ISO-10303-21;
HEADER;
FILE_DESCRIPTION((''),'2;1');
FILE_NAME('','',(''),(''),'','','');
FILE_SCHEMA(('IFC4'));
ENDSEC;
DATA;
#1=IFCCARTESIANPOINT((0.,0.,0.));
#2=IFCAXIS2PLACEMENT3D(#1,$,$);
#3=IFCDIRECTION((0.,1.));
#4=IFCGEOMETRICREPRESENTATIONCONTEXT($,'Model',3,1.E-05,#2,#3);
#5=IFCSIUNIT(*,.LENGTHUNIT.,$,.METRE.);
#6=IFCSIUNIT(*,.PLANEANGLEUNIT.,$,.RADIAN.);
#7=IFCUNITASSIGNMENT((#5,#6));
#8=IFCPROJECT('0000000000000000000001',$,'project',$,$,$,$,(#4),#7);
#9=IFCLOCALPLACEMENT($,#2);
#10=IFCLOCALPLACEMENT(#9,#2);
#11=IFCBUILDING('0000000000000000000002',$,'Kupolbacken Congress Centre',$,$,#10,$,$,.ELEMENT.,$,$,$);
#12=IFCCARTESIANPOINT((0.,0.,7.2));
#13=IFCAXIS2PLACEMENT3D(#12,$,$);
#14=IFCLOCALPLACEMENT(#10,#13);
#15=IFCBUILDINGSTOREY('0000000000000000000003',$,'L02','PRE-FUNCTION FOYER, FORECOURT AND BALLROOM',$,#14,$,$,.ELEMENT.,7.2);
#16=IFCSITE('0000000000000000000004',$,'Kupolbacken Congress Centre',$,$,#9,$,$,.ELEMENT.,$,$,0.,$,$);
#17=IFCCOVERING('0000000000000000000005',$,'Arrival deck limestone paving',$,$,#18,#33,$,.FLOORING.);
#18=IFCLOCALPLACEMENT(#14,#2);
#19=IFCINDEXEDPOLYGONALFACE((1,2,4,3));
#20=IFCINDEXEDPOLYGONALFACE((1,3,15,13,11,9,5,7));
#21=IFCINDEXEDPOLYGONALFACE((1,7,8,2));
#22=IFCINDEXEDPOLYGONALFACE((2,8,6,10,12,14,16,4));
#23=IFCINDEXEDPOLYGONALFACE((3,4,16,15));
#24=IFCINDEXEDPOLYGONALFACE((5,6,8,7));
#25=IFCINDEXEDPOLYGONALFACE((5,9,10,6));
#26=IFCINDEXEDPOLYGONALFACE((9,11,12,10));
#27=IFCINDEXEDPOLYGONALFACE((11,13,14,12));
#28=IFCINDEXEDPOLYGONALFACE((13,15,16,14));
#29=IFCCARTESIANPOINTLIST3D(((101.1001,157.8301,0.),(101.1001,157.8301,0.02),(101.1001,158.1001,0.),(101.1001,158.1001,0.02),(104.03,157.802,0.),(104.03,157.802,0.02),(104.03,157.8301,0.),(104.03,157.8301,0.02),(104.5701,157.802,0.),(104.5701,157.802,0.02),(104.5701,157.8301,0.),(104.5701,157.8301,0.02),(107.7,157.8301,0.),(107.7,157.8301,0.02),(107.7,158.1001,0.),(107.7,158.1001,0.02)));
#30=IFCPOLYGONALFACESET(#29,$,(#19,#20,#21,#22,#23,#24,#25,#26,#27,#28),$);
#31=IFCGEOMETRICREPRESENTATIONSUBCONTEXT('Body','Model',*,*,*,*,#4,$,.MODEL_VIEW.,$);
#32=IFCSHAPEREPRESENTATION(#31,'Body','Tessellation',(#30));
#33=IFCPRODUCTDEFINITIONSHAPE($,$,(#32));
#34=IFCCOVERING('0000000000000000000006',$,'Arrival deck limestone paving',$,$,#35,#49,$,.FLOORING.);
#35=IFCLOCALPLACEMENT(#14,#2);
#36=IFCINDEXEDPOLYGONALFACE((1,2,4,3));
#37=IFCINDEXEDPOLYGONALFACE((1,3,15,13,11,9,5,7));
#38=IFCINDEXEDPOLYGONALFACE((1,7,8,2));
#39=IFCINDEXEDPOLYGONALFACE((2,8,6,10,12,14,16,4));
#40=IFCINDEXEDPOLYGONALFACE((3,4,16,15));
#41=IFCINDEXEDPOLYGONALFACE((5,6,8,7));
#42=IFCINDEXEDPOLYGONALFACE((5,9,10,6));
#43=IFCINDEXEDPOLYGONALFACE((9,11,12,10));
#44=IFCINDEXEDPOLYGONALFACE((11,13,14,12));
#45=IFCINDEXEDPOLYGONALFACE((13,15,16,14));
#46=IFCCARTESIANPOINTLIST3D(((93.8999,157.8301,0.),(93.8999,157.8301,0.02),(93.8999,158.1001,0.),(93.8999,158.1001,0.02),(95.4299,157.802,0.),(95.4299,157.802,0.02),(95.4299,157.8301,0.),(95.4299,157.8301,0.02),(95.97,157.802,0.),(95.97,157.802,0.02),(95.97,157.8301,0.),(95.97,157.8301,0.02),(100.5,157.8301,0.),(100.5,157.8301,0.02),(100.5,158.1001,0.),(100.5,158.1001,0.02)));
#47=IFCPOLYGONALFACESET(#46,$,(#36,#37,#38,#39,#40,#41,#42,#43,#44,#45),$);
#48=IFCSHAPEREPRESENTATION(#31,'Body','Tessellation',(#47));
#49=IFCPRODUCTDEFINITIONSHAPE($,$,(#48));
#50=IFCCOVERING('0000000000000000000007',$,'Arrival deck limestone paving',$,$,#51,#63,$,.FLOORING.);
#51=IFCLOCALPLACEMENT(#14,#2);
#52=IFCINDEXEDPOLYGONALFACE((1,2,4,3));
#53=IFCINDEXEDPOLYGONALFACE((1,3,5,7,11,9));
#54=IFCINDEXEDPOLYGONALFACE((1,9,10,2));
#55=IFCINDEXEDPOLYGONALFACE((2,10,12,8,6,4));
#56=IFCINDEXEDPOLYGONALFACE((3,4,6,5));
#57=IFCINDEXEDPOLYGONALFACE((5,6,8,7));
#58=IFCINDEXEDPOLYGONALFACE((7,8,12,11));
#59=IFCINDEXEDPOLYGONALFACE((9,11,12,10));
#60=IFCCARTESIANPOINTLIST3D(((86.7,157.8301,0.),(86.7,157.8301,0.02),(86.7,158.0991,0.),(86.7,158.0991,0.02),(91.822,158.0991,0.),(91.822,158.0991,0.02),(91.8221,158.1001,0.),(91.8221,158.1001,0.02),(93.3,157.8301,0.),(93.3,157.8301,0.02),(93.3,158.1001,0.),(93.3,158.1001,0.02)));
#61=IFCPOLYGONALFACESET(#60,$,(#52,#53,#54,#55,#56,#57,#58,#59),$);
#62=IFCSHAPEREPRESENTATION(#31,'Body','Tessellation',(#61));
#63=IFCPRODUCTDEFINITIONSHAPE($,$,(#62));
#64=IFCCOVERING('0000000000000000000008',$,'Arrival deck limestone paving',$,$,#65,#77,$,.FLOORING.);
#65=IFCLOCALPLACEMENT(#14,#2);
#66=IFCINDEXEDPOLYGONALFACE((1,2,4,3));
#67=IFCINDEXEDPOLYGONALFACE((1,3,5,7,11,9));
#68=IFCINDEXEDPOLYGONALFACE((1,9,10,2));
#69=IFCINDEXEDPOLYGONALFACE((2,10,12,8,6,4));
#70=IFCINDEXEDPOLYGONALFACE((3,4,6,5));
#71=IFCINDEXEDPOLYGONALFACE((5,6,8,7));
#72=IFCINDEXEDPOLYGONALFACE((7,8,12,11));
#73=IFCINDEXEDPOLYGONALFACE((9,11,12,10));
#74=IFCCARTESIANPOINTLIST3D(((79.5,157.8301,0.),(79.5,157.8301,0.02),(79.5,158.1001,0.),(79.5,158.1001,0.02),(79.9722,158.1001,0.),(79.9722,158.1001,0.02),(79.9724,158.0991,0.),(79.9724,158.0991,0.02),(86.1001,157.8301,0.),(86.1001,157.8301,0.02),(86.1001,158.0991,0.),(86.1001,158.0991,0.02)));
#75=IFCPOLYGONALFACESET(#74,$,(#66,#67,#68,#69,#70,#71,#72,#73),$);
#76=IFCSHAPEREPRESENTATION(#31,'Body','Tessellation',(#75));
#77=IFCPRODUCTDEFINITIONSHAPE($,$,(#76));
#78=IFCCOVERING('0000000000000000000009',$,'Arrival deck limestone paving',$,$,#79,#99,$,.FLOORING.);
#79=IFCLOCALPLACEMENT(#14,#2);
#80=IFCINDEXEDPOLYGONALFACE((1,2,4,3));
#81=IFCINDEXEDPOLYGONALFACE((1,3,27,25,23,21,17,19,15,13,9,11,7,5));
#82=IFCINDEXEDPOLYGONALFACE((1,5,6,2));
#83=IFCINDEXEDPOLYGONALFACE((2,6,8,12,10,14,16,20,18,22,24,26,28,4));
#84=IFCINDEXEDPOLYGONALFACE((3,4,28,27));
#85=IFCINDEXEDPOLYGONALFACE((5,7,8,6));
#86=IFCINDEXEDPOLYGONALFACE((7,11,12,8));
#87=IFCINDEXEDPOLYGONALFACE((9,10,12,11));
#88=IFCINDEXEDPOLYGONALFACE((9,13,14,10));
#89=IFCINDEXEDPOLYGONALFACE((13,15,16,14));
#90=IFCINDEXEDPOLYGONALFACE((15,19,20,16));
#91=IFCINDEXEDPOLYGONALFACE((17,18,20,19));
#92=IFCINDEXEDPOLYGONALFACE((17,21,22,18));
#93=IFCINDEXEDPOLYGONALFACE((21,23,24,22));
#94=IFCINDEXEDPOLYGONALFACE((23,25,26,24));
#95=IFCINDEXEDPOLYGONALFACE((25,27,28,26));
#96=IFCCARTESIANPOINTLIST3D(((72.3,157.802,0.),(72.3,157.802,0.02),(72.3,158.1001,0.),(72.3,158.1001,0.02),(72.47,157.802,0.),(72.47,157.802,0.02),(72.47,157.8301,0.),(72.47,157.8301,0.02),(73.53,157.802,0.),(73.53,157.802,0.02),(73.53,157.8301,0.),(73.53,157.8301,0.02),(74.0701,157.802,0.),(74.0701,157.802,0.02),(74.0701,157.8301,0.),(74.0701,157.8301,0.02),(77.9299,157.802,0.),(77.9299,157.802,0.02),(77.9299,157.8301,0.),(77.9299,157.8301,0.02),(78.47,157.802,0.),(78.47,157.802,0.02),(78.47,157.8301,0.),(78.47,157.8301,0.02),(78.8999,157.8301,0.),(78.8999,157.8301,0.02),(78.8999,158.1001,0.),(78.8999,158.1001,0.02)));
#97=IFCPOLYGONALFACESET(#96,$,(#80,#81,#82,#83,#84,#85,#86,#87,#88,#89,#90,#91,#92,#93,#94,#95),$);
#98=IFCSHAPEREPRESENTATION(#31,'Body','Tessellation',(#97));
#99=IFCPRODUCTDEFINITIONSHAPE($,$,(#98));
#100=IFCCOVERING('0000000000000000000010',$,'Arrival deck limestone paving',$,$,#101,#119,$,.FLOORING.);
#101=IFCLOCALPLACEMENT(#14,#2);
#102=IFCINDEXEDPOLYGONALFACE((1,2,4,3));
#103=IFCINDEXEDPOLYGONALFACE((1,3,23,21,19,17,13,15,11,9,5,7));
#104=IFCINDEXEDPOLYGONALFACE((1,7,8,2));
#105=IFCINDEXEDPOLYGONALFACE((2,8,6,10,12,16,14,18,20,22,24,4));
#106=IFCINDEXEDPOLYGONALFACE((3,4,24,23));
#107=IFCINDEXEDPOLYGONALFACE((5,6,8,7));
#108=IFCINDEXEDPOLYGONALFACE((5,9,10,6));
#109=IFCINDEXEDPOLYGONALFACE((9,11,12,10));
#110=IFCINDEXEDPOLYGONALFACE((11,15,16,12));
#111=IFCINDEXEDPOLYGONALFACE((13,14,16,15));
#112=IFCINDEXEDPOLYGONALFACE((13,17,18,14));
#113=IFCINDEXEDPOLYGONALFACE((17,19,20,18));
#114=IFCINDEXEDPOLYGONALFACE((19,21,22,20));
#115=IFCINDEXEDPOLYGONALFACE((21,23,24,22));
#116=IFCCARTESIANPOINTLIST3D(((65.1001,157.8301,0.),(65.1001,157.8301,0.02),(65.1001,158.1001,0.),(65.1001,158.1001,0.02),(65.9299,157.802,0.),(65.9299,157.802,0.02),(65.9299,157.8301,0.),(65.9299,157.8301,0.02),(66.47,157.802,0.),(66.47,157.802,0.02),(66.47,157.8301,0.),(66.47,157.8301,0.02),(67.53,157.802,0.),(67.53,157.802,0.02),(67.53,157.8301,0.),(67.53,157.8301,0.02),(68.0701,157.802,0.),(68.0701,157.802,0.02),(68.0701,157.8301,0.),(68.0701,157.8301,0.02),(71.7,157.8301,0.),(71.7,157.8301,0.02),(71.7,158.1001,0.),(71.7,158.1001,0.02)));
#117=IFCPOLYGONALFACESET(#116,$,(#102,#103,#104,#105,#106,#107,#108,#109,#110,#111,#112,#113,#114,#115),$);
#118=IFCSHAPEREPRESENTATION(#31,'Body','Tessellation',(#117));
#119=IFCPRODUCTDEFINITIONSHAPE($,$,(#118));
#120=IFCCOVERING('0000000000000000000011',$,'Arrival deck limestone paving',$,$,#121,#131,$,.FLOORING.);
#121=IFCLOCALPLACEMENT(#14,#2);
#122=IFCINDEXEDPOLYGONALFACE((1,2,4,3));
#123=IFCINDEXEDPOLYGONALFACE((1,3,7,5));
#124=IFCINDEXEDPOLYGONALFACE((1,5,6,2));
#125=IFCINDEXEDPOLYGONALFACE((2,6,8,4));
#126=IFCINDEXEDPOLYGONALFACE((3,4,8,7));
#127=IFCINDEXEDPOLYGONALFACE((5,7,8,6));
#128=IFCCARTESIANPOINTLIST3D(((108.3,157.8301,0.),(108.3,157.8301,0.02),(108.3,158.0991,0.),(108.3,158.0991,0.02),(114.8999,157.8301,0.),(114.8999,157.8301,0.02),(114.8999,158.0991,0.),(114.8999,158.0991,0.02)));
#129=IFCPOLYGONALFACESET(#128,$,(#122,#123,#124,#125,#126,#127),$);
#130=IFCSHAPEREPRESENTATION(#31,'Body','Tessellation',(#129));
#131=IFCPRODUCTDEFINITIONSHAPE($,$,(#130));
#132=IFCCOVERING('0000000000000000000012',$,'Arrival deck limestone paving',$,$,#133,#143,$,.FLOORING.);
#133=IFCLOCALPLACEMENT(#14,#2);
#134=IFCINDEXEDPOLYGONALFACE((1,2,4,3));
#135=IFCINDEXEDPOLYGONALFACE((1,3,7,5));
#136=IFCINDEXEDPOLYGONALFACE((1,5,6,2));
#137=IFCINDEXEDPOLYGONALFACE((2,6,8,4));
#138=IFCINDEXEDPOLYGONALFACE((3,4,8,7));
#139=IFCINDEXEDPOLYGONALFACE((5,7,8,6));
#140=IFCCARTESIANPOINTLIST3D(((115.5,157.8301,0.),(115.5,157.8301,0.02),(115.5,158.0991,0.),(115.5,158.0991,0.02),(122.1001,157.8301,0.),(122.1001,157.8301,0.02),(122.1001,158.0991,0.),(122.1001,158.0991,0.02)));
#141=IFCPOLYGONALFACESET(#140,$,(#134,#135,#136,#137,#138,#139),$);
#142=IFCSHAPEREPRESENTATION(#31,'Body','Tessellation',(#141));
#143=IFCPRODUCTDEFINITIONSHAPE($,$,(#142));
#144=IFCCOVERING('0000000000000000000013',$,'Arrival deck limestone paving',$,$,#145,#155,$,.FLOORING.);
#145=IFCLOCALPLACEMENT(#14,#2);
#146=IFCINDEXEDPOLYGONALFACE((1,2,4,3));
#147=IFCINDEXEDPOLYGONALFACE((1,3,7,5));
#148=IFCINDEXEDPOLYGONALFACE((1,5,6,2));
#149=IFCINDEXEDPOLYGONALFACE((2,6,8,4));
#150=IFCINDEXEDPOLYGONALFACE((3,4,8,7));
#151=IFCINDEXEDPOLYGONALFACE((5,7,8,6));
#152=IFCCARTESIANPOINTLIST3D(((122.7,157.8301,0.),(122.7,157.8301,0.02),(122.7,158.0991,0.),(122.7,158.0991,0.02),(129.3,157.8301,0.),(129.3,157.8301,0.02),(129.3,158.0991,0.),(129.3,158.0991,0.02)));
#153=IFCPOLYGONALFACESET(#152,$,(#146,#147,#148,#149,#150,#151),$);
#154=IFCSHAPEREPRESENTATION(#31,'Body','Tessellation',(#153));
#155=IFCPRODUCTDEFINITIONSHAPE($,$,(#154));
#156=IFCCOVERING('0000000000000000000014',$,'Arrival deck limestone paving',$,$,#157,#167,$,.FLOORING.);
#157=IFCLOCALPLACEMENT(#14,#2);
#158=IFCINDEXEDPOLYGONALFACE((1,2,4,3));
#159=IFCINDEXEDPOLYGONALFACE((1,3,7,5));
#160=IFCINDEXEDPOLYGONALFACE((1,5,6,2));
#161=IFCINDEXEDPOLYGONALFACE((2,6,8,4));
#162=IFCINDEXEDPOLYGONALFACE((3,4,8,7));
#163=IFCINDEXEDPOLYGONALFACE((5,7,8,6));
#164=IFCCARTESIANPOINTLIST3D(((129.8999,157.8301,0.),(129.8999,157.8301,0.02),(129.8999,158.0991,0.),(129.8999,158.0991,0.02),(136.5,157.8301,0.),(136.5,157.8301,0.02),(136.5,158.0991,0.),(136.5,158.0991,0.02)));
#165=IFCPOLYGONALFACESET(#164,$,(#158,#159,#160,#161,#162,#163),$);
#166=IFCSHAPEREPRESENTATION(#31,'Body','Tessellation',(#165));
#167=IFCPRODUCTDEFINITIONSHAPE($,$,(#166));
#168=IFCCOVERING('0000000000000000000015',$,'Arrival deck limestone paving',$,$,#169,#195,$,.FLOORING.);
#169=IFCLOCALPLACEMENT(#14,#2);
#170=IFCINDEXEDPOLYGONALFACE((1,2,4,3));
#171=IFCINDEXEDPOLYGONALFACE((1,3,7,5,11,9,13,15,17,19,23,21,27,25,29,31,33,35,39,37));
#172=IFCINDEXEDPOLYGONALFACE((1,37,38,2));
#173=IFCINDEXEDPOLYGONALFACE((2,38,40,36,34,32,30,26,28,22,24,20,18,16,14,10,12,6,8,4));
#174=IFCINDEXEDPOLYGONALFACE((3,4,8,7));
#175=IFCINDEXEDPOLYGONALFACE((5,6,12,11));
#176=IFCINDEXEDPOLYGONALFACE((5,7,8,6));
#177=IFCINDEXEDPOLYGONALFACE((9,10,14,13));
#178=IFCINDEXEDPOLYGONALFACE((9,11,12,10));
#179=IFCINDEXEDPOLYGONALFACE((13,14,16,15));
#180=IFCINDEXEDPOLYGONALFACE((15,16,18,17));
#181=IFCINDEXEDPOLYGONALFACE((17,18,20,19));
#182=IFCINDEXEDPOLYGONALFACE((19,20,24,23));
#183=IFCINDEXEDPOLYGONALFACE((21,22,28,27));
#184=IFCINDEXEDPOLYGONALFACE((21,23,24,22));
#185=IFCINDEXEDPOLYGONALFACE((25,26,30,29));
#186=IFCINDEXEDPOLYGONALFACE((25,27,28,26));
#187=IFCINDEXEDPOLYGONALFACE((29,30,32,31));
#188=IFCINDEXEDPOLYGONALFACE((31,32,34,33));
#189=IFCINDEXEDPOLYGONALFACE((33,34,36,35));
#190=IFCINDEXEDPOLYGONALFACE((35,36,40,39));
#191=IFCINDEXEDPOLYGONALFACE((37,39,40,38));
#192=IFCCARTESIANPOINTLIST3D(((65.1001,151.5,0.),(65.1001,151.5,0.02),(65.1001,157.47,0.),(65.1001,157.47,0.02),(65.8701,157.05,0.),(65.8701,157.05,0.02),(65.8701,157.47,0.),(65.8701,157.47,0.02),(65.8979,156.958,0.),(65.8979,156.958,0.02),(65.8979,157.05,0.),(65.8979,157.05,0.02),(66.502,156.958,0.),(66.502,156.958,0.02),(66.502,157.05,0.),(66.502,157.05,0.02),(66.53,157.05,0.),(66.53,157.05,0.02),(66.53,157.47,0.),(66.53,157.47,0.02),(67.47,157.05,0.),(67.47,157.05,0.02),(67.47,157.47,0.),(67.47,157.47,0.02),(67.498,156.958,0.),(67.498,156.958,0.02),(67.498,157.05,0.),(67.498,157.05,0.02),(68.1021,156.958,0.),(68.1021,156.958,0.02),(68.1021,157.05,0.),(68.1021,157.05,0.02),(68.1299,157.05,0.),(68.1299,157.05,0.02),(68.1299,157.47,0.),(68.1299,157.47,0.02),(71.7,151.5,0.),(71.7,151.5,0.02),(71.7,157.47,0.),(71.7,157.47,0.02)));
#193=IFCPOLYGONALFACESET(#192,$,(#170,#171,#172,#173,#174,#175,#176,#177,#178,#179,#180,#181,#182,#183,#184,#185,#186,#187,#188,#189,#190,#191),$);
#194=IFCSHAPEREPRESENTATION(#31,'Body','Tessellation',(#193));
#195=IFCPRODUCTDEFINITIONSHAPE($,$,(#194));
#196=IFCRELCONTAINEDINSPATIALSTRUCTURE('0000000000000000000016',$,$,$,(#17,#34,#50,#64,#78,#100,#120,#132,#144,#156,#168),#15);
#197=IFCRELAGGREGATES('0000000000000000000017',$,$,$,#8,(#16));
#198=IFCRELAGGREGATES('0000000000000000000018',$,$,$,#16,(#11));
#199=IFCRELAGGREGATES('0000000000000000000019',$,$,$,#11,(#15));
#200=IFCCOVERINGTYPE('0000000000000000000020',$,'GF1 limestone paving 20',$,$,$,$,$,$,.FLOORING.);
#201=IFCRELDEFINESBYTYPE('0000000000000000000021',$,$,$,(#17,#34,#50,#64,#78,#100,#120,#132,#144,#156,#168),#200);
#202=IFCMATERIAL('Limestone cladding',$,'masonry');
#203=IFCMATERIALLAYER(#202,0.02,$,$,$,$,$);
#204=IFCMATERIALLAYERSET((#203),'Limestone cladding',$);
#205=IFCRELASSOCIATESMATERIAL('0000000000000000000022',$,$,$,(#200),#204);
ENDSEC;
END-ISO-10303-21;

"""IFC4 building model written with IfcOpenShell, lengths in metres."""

from ifc_helpers import new_model, si_unit, direction, frame, origin, place, context, subcontext, project, spatial, polyline, outline, extrude, material, layer, layer_set, type_object, element, save


model = new_model("IFC4")

# Units and contexts
model_context = context("Model", 3, precision=1e-05, world=origin(), true_north=direction((0.0, 1.0)))
body_context = subcontext(model_context, "Body", "Model", "MODEL_VIEW")
ifc_project = project(units=[si_unit("LENGTHUNIT", "METRE"), si_unit("PLANEANGLEUNIT", "RADIAN")], contexts=[model_context])

# Site, building, storey
site_placement = place(None, origin())
site = spatial("IfcSite", under=ifc_project, at=site_placement, Name="Kupolbacken Congress Centre", CompositionType="ELEMENT", RefElevation=0.0)
building_placement = place(site_placement, origin())
building = spatial("IfcBuilding", under=site, at=building_placement, Name="Kupolbacken Congress Centre", CompositionType="ELEMENT")
storey_placement = place(building_placement, frame((0.0, 0.0, 7.2)))
storey = spatial("IfcBuildingStorey", under=building, at=storey_placement, Name="L02", Description="PRE-FUNCTION FOYER, FORECOURT AND BALLROOM", CompositionType="ELEMENT", Elevation=7.2)

# Coverings
ifc_material_1 = material(Name="Limestone cladding", Category="masonry")
ifc_layer_1 = layer(ifc_material_1, 0.02)
ifc_layer_set_1 = layer_set([ifc_layer_1], Name="Limestone cladding")
covering_type_1 = type_object("IfcCoveringType", Name="GF1 limestone paving 20", PredefinedType="FLOORING", material=ifc_layer_set_1)
covering_1_placement = place(storey_placement, origin())
element("IfcCovering", 1, at=covering_1_placement, inside=storey, type_object=covering_type_1, Name="Arrival deck limestone paving", PredefinedType="FLOORING", context=body_context, shape_type="SweptSolid", body=[
    extrude(outline(polyline([(104.5701, 157.802), (104.03, 157.802), (104.03, 157.8301), (101.1001, 157.8301), (101.1001, 158.1001), (107.7, 158.1001), (107.7, 157.8301), (104.5701, 157.8301), (104.5701, 157.802)])), origin(), (0.0, 0.0, 1.0), 0.02),
])
covering_2_placement = place(storey_placement, origin())
element("IfcCovering", 2, at=covering_2_placement, inside=storey, type_object=covering_type_1, Name="Arrival deck limestone paving", PredefinedType="FLOORING", context=body_context, shape_type="SweptSolid", body=[
    extrude(outline(polyline([(95.97, 157.8301), (95.97, 157.802), (95.4299, 157.802), (95.4299, 157.8301), (93.8999, 157.8301), (93.8999, 158.1001), (100.5, 158.1001), (100.5, 157.8301), (95.97, 157.8301)])), origin(), (0.0, 0.0, 1.0), 0.02),
])
covering_3_placement = place(storey_placement, origin())
element("IfcCovering", 3, at=covering_3_placement, inside=storey, type_object=covering_type_1, Name="Arrival deck limestone paving", PredefinedType="FLOORING", context=body_context, shape_type="SweptSolid", body=[
    extrude(outline(polyline([(86.7, 157.8301), (86.7, 158.0991), (91.822, 158.0991), (91.8367, 158.397), (91.822, 158.1001), (93.3, 158.1001), (93.3, 157.8301), (86.7, 157.8301)])), origin(), (0.0, 0.0, 1.0), 0.02),
])
covering_4_placement = place(storey_placement, origin())
element("IfcCovering", 4, at=covering_4_placement, inside=storey, type_object=covering_type_1, Name="Arrival deck limestone paving", PredefinedType="FLOORING", context=body_context, shape_type="SweptSolid", body=[
    extrude(outline(polyline([(79.5, 157.8301), (79.5, 158.1001), (79.9722, 158.1001), (79.9724, 158.0991), (86.1001, 158.0991), (86.1001, 157.8301), (79.5, 157.8301)])), origin(), (0.0, 0.0, 1.0), 0.02),
])
covering_5_placement = place(storey_placement, origin())
element("IfcCovering", 5, at=covering_5_placement, inside=storey, type_object=covering_type_1, Name="Arrival deck limestone paving", PredefinedType="FLOORING", context=body_context, shape_type="SweptSolid", body=[
    extrude(outline(polyline([(78.47, 157.8301), (78.47, 157.802), (77.9299, 157.802), (77.9299, 157.8301), (74.0701, 157.8301), (74.0701, 157.802), (73.53, 157.802), (73.53, 157.8301), (72.47, 157.8301), (72.47, 157.802), (72.3, 157.802), (72.3, 158.1001), (78.8999, 158.1001), (78.8999, 157.8301), (78.47, 157.8301)])), origin(), (0.0, 0.0, 1.0), 0.02),
])
covering_6_placement = place(storey_placement, origin())
element("IfcCovering", 6, at=covering_6_placement, inside=storey, type_object=covering_type_1, Name="Arrival deck limestone paving", PredefinedType="FLOORING", context=body_context, shape_type="SweptSolid", body=[
    extrude(outline(polyline([(68.0701, 157.8301), (68.0701, 157.802), (67.53, 157.802), (67.53, 157.8301), (66.47, 157.8301), (66.47, 157.802), (65.9299, 157.802), (65.9299, 157.8301), (65.1001, 157.8301), (65.1001, 158.1001), (71.7, 158.1001), (71.7, 157.8301), (68.0701, 157.8301)])), origin(), (0.0, 0.0, 1.0), 0.02),
])
covering_7_placement = place(storey_placement, origin())
element("IfcCovering", 7, at=covering_7_placement, inside=storey, type_object=covering_type_1, Name="Arrival deck limestone paving", PredefinedType="FLOORING", context=body_context, shape_type="SweptSolid", body=[
    extrude(outline(polyline([(114.8999, 158.0991), (114.8999, 157.8301), (108.3, 157.8301), (108.3, 158.0991), (114.8999, 158.0991)])), origin(), (0.0, 0.0, 1.0), 0.02),
])
covering_8_placement = place(storey_placement, origin())
element("IfcCovering", 8, at=covering_8_placement, inside=storey, type_object=covering_type_1, Name="Arrival deck limestone paving", PredefinedType="FLOORING", context=body_context, shape_type="SweptSolid", body=[
    extrude(outline(polyline([(122.1001, 158.0991), (122.1001, 157.8301), (115.5, 157.8301), (115.5, 158.0991), (122.1001, 158.0991)])), origin(), (0.0, 0.0, 1.0), 0.02),
])
covering_9_placement = place(storey_placement, origin())
element("IfcCovering", 9, at=covering_9_placement, inside=storey, type_object=covering_type_1, Name="Arrival deck limestone paving", PredefinedType="FLOORING", context=body_context, shape_type="SweptSolid", body=[
    extrude(outline(polyline([(129.3, 158.0991), (129.3, 157.8301), (122.7, 157.8301), (122.7, 158.0991), (129.3, 158.0991)])), origin(), (0.0, 0.0, 1.0), 0.02),
])
covering_10_placement = place(storey_placement, origin())
element("IfcCovering", 10, at=covering_10_placement, inside=storey, type_object=covering_type_1, Name="Arrival deck limestone paving", PredefinedType="FLOORING", context=body_context, shape_type="SweptSolid", body=[
    extrude(outline(polyline([(136.5, 158.0991), (136.5, 157.8301), (129.8999, 157.8301), (129.8999, 158.0991), (136.5, 158.0991)])), origin(), (0.0, 0.0, 1.0), 0.02),
])
covering_11_placement = place(storey_placement, origin())
element("IfcCovering", 11, at=covering_11_placement, inside=storey, type_object=covering_type_1, Name="Arrival deck limestone paving", PredefinedType="FLOORING", context=body_context, shape_type="SweptSolid", body=[
    extrude(outline(polyline([(65.8701, 157.47), (65.8701, 157.05), (65.8979, 157.05), (65.8979, 156.958), (66.502, 156.958), (66.502, 157.05), (66.53, 157.05), (66.53, 157.47), (67.47, 157.47), (67.47, 157.05), (67.498, 157.05), (67.498, 156.958), (68.1021, 156.958), (68.1021, 157.05), (68.1299, 157.05), (68.1299, 157.47), (71.7, 157.47), (71.7, 151.5), (65.1001, 151.5), (65.1001, 157.47), (65.8701, 157.47)])), origin(), (0.0, 0.0, 1.0), 0.02),
])

save(model, "model.ifc")
